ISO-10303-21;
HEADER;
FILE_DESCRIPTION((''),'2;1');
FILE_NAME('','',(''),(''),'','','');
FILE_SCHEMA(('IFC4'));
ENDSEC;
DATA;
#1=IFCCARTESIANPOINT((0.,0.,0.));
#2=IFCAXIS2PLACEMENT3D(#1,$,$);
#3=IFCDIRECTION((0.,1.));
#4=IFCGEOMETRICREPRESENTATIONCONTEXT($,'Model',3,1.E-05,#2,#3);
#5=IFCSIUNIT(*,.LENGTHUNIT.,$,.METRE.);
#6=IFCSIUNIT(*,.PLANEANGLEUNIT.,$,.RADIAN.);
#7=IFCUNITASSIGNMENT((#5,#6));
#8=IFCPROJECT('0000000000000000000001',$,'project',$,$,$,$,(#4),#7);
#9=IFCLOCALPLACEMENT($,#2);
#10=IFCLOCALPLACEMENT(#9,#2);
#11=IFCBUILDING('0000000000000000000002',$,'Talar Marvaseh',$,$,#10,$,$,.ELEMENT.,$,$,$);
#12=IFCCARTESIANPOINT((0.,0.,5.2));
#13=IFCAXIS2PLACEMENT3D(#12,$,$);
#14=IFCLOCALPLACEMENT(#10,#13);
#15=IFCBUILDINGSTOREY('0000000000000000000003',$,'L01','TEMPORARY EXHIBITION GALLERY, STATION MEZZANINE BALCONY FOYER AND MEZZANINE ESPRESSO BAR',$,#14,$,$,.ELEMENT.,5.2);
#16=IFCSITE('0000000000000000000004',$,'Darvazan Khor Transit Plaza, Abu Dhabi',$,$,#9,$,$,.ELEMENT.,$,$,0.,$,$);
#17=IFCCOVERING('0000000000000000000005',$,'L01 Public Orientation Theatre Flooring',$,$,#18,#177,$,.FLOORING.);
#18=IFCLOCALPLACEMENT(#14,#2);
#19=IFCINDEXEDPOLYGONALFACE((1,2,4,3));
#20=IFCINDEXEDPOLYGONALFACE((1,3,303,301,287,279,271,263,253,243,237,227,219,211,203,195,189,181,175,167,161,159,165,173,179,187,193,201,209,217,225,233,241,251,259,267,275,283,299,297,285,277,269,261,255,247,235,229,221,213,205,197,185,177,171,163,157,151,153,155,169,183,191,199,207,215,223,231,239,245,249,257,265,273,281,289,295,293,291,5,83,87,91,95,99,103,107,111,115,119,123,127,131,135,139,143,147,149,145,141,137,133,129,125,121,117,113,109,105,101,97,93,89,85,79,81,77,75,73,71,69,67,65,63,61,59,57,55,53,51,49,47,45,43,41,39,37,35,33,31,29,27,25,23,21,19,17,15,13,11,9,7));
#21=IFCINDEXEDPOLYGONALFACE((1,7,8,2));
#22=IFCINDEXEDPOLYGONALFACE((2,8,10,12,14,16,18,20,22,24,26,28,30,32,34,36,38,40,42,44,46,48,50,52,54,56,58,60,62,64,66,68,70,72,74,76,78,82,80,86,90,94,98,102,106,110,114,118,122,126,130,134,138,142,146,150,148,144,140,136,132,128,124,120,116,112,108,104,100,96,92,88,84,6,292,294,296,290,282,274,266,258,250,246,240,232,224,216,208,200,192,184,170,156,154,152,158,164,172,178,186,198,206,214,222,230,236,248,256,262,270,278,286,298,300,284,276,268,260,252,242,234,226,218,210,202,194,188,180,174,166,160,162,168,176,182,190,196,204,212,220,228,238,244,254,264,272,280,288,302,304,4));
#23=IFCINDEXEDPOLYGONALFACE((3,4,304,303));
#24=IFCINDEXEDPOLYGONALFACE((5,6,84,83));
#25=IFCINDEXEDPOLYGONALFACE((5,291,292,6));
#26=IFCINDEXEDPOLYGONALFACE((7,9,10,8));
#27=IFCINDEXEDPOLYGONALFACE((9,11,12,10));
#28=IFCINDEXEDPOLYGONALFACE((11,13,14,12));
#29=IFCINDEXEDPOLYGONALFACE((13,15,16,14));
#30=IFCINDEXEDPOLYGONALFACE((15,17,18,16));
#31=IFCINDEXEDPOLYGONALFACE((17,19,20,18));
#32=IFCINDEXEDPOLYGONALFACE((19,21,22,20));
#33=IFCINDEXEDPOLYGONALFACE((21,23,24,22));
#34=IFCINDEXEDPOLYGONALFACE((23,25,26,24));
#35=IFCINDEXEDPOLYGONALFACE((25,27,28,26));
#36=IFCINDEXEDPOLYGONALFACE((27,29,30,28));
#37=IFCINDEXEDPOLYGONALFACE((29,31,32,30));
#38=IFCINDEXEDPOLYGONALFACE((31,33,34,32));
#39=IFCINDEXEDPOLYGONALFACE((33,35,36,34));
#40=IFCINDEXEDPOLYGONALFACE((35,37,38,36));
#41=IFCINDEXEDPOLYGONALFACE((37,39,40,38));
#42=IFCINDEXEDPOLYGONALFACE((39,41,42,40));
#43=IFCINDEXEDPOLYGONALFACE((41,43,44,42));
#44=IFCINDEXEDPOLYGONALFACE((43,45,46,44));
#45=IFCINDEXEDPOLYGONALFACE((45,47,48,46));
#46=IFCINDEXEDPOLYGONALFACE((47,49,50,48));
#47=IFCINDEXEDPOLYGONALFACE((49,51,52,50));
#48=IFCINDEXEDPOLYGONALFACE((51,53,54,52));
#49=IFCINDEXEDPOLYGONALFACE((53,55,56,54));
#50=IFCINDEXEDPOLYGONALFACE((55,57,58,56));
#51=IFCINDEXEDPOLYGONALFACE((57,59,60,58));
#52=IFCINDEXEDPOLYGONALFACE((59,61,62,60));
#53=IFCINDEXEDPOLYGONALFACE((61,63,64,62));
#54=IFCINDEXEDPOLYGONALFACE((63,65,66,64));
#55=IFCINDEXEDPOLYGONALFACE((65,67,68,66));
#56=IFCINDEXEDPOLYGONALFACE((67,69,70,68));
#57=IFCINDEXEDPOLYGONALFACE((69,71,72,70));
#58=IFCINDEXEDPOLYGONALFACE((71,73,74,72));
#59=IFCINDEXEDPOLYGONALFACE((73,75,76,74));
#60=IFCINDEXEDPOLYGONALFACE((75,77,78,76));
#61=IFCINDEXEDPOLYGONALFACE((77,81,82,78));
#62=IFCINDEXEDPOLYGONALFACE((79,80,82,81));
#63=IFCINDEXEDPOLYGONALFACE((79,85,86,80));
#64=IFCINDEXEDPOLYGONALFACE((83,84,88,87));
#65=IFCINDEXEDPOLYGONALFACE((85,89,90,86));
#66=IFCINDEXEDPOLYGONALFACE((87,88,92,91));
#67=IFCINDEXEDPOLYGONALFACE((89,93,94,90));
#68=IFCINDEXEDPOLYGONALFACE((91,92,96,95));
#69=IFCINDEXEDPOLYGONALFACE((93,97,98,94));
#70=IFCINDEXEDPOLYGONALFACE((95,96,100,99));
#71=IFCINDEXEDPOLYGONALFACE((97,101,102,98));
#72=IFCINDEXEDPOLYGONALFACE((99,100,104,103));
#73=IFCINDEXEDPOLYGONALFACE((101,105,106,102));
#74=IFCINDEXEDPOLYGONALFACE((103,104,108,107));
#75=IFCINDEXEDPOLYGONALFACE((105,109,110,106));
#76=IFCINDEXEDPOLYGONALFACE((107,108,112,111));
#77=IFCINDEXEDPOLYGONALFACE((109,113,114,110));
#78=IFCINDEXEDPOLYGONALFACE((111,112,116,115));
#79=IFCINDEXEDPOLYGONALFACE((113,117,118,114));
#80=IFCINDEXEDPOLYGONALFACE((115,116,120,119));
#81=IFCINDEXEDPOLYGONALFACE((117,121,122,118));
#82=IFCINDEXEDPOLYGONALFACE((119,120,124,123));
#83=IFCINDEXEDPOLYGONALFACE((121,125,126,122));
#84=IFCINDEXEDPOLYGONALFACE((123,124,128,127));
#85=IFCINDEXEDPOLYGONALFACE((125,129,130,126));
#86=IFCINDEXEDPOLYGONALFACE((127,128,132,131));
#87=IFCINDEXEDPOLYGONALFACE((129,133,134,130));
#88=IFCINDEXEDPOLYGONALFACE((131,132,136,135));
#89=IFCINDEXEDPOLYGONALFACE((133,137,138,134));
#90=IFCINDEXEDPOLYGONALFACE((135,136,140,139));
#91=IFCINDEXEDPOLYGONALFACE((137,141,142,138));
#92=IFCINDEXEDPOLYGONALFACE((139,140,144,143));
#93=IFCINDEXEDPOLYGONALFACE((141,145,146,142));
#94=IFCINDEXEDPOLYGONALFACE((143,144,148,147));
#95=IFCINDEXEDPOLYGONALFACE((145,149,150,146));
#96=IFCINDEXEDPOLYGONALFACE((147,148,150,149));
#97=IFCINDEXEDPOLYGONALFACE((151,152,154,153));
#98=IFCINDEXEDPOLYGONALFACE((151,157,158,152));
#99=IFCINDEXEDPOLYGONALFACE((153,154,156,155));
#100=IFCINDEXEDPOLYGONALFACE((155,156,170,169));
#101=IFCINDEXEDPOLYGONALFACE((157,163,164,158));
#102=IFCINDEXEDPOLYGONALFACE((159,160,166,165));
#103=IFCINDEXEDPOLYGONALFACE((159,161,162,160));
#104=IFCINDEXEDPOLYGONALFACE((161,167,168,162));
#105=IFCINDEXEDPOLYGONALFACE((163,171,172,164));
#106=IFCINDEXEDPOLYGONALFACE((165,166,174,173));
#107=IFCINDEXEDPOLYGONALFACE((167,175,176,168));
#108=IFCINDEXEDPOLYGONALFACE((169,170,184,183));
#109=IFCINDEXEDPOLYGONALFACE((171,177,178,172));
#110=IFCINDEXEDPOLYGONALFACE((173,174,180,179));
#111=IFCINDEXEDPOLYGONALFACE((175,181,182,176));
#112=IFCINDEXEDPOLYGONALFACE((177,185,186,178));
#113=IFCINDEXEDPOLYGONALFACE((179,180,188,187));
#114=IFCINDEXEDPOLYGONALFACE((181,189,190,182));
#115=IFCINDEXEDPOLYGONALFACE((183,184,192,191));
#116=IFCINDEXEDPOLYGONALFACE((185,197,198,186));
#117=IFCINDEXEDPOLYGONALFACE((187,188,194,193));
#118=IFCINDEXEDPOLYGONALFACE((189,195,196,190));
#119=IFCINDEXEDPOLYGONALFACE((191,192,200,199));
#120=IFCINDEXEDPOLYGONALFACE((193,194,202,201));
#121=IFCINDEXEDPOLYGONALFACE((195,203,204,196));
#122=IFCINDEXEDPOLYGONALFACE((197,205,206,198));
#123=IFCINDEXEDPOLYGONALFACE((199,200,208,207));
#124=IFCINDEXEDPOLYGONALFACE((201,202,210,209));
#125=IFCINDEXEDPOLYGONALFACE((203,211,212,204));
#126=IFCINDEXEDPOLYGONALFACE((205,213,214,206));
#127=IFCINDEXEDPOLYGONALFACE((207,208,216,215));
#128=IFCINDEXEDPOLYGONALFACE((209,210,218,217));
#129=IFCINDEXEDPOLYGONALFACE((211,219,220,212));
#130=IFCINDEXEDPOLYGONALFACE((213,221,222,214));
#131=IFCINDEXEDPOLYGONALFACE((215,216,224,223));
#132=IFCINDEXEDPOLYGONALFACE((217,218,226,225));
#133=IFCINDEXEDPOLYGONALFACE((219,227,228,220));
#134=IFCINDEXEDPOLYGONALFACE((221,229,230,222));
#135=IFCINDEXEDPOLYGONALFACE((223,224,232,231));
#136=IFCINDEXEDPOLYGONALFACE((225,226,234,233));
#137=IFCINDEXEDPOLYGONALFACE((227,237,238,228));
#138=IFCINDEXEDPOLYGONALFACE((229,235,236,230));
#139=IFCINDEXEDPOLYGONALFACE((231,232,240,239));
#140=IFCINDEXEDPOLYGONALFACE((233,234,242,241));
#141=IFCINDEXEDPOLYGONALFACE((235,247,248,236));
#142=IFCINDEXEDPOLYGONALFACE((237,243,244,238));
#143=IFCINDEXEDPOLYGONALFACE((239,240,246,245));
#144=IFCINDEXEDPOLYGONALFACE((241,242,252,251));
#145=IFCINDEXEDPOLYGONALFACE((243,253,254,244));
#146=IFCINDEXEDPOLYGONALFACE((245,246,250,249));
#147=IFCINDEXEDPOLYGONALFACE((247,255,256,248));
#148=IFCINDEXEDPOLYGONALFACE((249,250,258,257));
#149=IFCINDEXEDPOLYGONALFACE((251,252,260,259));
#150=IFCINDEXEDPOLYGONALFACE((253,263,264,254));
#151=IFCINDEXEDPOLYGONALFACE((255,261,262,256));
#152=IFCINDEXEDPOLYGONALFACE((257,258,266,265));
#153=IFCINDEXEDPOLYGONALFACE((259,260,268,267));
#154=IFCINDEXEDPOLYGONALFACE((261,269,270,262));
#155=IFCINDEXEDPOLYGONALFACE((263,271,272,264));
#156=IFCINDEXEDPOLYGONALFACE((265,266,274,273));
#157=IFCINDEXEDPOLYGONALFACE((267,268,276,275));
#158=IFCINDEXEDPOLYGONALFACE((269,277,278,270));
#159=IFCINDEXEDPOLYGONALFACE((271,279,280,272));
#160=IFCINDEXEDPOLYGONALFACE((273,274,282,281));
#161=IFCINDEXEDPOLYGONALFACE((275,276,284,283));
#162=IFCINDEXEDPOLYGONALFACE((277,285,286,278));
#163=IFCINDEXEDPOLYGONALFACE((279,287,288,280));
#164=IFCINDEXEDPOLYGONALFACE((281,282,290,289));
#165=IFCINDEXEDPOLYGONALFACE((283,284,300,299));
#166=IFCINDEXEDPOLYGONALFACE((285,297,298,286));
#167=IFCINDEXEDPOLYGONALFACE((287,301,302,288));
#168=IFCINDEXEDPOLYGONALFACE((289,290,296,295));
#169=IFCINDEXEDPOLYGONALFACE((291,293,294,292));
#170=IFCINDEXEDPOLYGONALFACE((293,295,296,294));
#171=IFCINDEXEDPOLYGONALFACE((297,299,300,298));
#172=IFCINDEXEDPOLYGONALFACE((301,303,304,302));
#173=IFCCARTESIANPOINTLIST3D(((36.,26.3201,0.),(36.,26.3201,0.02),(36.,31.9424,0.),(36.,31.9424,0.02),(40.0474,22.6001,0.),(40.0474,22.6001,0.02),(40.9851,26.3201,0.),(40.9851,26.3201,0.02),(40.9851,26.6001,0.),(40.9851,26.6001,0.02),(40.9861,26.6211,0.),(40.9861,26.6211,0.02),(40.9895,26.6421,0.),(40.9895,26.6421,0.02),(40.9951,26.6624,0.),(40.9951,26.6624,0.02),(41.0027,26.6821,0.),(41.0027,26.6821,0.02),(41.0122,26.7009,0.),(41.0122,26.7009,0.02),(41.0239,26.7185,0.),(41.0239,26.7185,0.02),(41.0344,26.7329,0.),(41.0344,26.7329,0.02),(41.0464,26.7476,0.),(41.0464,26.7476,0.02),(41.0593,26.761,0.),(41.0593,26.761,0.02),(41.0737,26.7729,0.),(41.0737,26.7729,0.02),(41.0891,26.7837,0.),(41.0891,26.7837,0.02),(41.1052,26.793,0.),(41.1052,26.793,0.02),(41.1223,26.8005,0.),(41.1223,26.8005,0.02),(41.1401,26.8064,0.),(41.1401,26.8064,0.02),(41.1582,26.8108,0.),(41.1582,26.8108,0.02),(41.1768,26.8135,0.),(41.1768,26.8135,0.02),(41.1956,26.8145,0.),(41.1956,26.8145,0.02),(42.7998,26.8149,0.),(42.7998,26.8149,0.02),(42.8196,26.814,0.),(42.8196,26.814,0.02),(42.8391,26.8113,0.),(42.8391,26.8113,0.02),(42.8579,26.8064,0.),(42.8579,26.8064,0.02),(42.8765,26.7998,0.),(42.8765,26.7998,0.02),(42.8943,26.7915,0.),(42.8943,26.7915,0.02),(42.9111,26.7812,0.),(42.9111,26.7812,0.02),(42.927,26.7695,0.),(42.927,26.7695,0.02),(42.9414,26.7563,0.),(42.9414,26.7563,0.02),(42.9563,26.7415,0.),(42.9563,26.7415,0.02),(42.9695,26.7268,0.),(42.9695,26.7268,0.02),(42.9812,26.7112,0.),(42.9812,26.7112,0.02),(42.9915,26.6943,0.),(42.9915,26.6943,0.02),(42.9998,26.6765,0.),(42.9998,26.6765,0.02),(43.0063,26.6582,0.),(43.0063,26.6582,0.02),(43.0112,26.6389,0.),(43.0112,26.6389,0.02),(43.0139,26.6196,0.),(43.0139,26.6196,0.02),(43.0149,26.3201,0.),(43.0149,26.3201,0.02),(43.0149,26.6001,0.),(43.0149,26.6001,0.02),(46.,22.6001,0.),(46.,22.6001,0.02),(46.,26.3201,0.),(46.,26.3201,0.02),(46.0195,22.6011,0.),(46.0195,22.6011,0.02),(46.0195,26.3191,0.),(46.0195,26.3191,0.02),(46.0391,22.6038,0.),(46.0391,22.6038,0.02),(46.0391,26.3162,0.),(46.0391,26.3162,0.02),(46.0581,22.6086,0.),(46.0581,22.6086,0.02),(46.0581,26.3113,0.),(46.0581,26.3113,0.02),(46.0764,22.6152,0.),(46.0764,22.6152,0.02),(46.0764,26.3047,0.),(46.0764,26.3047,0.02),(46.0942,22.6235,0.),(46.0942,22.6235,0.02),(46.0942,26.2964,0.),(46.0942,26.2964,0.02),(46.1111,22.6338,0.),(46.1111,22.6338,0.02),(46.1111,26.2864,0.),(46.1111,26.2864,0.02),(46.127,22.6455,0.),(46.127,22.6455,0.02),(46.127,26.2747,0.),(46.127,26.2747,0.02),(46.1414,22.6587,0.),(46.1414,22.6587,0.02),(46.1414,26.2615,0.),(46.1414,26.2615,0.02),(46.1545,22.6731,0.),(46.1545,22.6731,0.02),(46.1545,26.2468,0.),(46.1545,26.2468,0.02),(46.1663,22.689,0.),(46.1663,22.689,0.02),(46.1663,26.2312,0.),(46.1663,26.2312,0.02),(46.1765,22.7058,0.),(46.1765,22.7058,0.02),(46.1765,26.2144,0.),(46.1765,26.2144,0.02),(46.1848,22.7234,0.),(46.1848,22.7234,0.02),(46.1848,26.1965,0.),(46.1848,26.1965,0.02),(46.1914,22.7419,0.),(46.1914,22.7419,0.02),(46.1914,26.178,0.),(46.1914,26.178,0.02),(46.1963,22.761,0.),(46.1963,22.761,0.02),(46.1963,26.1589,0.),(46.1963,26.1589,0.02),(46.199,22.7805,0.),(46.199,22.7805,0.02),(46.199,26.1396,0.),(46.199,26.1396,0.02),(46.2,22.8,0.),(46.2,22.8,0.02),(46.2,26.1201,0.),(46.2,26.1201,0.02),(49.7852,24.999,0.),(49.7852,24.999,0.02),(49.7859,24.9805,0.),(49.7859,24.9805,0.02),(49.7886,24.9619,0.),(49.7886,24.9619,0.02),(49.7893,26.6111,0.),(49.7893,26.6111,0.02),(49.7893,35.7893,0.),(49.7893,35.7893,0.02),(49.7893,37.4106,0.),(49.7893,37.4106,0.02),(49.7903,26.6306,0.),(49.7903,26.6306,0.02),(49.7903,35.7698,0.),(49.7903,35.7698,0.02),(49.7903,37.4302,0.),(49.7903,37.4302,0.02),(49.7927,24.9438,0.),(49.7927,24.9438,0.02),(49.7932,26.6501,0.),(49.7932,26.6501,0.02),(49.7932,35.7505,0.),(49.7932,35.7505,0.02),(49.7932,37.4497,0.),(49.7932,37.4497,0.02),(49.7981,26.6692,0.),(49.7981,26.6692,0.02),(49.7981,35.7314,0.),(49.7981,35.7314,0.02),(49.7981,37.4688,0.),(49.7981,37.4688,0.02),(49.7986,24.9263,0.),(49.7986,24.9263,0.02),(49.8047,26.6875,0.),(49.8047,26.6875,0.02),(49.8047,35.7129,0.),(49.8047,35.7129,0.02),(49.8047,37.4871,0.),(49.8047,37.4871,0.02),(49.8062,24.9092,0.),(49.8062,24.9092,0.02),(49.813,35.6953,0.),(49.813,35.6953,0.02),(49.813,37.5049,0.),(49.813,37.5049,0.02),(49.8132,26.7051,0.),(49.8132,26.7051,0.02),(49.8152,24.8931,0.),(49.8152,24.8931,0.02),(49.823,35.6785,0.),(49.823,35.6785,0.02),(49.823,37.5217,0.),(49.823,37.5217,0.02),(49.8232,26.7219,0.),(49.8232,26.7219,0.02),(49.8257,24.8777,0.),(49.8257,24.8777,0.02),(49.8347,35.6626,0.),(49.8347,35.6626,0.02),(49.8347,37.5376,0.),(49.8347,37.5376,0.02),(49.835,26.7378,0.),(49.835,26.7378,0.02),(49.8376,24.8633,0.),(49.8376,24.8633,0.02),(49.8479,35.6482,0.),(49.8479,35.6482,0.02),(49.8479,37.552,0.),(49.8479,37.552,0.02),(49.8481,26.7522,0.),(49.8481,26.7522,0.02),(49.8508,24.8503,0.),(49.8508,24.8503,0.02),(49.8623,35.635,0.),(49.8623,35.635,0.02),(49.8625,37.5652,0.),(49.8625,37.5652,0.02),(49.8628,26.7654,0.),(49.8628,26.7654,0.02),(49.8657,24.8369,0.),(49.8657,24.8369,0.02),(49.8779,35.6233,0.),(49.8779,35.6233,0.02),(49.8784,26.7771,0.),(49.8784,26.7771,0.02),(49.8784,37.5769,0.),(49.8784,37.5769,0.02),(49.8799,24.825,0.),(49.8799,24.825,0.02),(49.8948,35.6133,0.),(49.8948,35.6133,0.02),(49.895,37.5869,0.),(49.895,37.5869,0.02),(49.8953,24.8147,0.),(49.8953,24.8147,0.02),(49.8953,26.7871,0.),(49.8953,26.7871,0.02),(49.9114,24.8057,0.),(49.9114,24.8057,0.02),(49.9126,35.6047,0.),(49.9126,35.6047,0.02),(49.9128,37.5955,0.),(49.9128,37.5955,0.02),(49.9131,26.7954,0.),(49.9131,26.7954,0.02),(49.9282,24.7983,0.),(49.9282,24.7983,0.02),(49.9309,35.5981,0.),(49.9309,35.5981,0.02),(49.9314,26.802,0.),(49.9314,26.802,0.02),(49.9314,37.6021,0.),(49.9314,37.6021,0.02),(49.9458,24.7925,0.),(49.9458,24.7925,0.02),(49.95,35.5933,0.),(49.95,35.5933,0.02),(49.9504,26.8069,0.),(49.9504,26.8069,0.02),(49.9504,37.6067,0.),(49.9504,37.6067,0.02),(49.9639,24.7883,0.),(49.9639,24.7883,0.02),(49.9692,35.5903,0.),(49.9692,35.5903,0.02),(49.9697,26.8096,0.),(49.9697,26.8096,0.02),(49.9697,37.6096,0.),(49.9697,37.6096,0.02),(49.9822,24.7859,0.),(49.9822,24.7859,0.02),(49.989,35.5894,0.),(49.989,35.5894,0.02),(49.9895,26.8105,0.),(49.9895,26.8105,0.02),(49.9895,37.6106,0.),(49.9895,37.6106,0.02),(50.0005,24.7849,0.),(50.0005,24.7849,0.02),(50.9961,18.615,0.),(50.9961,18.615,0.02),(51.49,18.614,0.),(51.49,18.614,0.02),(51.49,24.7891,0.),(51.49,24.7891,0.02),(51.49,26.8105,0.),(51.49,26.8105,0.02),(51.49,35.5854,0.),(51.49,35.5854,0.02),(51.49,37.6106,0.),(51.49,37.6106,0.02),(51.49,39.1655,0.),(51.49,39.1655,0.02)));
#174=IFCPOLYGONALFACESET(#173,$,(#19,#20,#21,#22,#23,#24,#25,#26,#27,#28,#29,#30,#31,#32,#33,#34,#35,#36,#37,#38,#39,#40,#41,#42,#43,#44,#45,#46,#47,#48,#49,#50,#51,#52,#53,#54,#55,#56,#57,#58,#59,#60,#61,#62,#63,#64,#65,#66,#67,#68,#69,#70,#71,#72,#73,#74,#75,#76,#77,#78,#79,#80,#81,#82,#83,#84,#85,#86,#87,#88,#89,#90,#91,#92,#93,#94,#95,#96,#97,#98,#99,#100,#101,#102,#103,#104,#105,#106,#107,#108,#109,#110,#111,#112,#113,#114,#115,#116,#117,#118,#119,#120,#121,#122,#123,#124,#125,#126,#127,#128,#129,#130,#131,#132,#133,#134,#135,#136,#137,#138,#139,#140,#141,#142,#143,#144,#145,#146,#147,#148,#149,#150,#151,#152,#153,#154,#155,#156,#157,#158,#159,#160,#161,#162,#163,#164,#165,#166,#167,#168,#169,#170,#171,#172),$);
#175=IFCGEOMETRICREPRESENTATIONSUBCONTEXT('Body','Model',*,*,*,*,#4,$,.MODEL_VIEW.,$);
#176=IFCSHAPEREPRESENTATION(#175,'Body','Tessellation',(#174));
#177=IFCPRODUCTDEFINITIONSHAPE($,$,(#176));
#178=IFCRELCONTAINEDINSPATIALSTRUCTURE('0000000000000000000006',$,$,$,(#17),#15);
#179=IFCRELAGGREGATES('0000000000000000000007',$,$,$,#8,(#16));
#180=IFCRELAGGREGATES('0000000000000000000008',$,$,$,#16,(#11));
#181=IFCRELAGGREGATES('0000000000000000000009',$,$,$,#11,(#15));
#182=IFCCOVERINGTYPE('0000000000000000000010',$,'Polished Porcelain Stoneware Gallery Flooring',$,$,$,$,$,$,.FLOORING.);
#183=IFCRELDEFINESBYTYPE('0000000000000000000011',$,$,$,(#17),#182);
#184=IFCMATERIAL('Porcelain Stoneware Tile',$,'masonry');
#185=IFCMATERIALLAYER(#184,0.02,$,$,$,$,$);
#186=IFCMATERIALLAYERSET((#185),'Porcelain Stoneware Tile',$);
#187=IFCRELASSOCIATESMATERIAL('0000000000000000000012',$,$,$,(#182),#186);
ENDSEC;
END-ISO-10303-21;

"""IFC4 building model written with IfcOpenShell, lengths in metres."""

from ifc_helpers import new_model, si_unit, direction, frame, origin, place, context, subcontext, project, spatial, polyline, outline, extrude, material, layer, layer_set, type_object, element, save


model = new_model("IFC4")

# Units and contexts
model_context = context("Model", 3, precision=1e-05, world=origin(), true_north=direction((0.0, 1.0)))
body_context = subcontext(model_context, "Body", "Model", "MODEL_VIEW")
ifc_project = project(units=[si_unit("LENGTHUNIT", "METRE"), si_unit("PLANEANGLEUNIT", "RADIAN")], contexts=[model_context])

# Site, building, storey
site_placement = place(None, origin())
site = spatial("IfcSite", under=ifc_project, at=site_placement, Name="Darvazan Khor Transit Plaza, Abu Dhabi", CompositionType="ELEMENT", RefElevation=0.0)
building_placement = place(site_placement, origin())
building = spatial("IfcBuilding", under=site, at=building_placement, Name="Talar Marvaseh", CompositionType="ELEMENT")
storey_placement = place(building_placement, frame((0.0, 0.0, 5.2)))
storey = spatial("IfcBuildingStorey", under=building, at=storey_placement, Name="L01", Description="TEMPORARY EXHIBITION GALLERY, STATION MEZZANINE BALCONY FOYER AND MEZZANINE ESPRESSO BAR", CompositionType="ELEMENT", Elevation=5.2)

# Covering
ifc_material_1 = material(Name="Porcelain Stoneware Tile", Category="masonry")
ifc_layer_1 = layer(ifc_material_1, 0.02)
ifc_layer_set_1 = layer_set([ifc_layer_1], Name="Porcelain Stoneware Tile")
covering_type_1 = type_object("IfcCoveringType", Name="Polished Porcelain Stoneware Gallery Flooring", PredefinedType="FLOORING", material=ifc_layer_set_1)
covering_1_placement = place(storey_placement, origin())
element("IfcCovering", 1, at=covering_1_placement, inside=storey, type_object=covering_type_1, Name="L01 Public Orientation Theatre Flooring", PredefinedType="FLOORING", context=body_context, shape_type="SweptSolid", body=[
    extrude(outline(polyline([(49.8953, 24.8147), (49.9114, 24.8057), (49.9282, 24.7983), (49.9458, 24.7925), (49.9639, 24.7883), (49.9822, 24.7859), (50.0005, 24.7849), (51.49, 24.7891), (51.49, 18.614), (50.9961, 18.615), (40.0474, 22.6001), (46.0, 22.6001), (46.0195, 22.6011), (46.0391, 22.6038), (46.0581, 22.6086), (46.0764, 22.6152), (46.0942, 22.6235), (46.1111, 22.6338), (46.127, 22.6455), (46.1414, 22.6587), (46.1545, 22.6731), (46.1663, 22.689), (46.1765, 22.7058), (46.1848, 22.7234), (46.1914, 22.7419), (46.1963, 22.761), (46.199, 22.7805), (46.2, 22.8), (46.2, 26.1201), (46.199, 26.1396), (46.1963, 26.1589), (46.1914, 26.178), (46.1848, 26.1965), (46.1765, 26.2144), (46.1663, 26.2312), (46.1545, 26.2468), (46.1414, 26.2615), (46.127, 26.2747), (46.1111, 26.2864), (46.0942, 26.2964), (46.0764, 26.3047), (46.0581, 26.3113), (46.0391, 26.3162), (46.0195, 26.3191), (46.0, 26.3201), (43.0149, 26.3201), (43.0149, 26.6001), (43.0139, 26.6196), (43.0112, 26.6389), (43.0063, 26.6582), (42.9998, 26.6765), (42.9915, 26.6943), (42.9812, 26.7112), (42.9695, 26.7268), (42.9563, 26.7415), (42.9414, 26.7563), (42.927, 26.7695), (42.9111, 26.7812), (42.8943, 26.7915), (42.8765, 26.7998), (42.8579, 26.8064), (42.8391, 26.8113), (42.8196, 26.814), (42.7998, 26.8149), (41.1956, 26.8145), (41.1768, 26.8135), (41.1582, 26.8108), (41.1401, 26.8064), (41.1223, 26.8005), (41.1052, 26.793), (41.0891, 26.7837), (41.0737, 26.7729), (41.0593, 26.761), (41.0464, 26.7476), (41.0344, 26.7329), (41.0239, 26.7185), (41.0122, 26.7009), (41.0027, 26.6821), (40.9951, 26.6624), (40.9895, 26.6421), (40.9861, 26.6211), (40.9851, 26.6001), (40.9851, 26.3201), (36.0, 26.3201), (36.0, 31.9424), (51.49, 39.1655), (51.49, 37.6106), (49.9895, 37.6106), (49.9697, 37.6096), (49.9504, 37.6067), (49.9314, 37.6021), (49.9128, 37.5955), (49.895, 37.5869), (49.8784, 37.5769), (49.8625, 37.5652), (49.8479, 37.552), (49.8347, 37.5376), (49.823, 37.5217), (49.813, 37.5049), (49.8047, 37.4871), (49.7981, 37.4688), (49.7932, 37.4497), (49.7903, 37.4302), (49.7893, 37.4106), (49.7893, 35.7893), (49.7903, 35.7698), (49.7932, 35.7505), (49.7981, 35.7314), (49.8047, 35.7129), (49.813, 35.6953), (49.823, 35.6785), (49.8347, 35.6626), (49.8479, 35.6482), (49.8623, 35.635), (49.8779, 35.6233), (49.8948, 35.6133), (49.9126, 35.6047), (49.9309, 35.5981), (49.95, 35.5933), (49.9692, 35.5903), (49.989, 35.5894), (51.49, 35.5854), (51.49, 26.8105), (49.9895, 26.8105), (49.9697, 26.8096), (49.9504, 26.8069), (49.9314, 26.802), (49.9131, 26.7954), (49.8953, 26.7871), (49.8784, 26.7771), (49.8628, 26.7654), (49.8481, 26.7522), (49.835, 26.7378), (49.8232, 26.7219), (49.8132, 26.7051), (49.8047, 26.6875), (49.7981, 26.6692), (49.7932, 26.6501), (49.7903, 26.6306), (49.7893, 26.6111), (49.7852, 24.999), (49.7859, 24.9805), (49.7886, 24.9619), (49.7927, 24.9438), (49.7986, 24.9263), (49.8062, 24.9092), (49.8152, 24.8931), (49.8257, 24.8777), (49.8376, 24.8633), (49.8508, 24.8503), (49.8657, 24.8369), (49.8799, 24.825), (49.8953, 24.8147)])), origin(), (0.0, 0.0, 1.0), 0.02),
])

save(model, "model.ifc")
